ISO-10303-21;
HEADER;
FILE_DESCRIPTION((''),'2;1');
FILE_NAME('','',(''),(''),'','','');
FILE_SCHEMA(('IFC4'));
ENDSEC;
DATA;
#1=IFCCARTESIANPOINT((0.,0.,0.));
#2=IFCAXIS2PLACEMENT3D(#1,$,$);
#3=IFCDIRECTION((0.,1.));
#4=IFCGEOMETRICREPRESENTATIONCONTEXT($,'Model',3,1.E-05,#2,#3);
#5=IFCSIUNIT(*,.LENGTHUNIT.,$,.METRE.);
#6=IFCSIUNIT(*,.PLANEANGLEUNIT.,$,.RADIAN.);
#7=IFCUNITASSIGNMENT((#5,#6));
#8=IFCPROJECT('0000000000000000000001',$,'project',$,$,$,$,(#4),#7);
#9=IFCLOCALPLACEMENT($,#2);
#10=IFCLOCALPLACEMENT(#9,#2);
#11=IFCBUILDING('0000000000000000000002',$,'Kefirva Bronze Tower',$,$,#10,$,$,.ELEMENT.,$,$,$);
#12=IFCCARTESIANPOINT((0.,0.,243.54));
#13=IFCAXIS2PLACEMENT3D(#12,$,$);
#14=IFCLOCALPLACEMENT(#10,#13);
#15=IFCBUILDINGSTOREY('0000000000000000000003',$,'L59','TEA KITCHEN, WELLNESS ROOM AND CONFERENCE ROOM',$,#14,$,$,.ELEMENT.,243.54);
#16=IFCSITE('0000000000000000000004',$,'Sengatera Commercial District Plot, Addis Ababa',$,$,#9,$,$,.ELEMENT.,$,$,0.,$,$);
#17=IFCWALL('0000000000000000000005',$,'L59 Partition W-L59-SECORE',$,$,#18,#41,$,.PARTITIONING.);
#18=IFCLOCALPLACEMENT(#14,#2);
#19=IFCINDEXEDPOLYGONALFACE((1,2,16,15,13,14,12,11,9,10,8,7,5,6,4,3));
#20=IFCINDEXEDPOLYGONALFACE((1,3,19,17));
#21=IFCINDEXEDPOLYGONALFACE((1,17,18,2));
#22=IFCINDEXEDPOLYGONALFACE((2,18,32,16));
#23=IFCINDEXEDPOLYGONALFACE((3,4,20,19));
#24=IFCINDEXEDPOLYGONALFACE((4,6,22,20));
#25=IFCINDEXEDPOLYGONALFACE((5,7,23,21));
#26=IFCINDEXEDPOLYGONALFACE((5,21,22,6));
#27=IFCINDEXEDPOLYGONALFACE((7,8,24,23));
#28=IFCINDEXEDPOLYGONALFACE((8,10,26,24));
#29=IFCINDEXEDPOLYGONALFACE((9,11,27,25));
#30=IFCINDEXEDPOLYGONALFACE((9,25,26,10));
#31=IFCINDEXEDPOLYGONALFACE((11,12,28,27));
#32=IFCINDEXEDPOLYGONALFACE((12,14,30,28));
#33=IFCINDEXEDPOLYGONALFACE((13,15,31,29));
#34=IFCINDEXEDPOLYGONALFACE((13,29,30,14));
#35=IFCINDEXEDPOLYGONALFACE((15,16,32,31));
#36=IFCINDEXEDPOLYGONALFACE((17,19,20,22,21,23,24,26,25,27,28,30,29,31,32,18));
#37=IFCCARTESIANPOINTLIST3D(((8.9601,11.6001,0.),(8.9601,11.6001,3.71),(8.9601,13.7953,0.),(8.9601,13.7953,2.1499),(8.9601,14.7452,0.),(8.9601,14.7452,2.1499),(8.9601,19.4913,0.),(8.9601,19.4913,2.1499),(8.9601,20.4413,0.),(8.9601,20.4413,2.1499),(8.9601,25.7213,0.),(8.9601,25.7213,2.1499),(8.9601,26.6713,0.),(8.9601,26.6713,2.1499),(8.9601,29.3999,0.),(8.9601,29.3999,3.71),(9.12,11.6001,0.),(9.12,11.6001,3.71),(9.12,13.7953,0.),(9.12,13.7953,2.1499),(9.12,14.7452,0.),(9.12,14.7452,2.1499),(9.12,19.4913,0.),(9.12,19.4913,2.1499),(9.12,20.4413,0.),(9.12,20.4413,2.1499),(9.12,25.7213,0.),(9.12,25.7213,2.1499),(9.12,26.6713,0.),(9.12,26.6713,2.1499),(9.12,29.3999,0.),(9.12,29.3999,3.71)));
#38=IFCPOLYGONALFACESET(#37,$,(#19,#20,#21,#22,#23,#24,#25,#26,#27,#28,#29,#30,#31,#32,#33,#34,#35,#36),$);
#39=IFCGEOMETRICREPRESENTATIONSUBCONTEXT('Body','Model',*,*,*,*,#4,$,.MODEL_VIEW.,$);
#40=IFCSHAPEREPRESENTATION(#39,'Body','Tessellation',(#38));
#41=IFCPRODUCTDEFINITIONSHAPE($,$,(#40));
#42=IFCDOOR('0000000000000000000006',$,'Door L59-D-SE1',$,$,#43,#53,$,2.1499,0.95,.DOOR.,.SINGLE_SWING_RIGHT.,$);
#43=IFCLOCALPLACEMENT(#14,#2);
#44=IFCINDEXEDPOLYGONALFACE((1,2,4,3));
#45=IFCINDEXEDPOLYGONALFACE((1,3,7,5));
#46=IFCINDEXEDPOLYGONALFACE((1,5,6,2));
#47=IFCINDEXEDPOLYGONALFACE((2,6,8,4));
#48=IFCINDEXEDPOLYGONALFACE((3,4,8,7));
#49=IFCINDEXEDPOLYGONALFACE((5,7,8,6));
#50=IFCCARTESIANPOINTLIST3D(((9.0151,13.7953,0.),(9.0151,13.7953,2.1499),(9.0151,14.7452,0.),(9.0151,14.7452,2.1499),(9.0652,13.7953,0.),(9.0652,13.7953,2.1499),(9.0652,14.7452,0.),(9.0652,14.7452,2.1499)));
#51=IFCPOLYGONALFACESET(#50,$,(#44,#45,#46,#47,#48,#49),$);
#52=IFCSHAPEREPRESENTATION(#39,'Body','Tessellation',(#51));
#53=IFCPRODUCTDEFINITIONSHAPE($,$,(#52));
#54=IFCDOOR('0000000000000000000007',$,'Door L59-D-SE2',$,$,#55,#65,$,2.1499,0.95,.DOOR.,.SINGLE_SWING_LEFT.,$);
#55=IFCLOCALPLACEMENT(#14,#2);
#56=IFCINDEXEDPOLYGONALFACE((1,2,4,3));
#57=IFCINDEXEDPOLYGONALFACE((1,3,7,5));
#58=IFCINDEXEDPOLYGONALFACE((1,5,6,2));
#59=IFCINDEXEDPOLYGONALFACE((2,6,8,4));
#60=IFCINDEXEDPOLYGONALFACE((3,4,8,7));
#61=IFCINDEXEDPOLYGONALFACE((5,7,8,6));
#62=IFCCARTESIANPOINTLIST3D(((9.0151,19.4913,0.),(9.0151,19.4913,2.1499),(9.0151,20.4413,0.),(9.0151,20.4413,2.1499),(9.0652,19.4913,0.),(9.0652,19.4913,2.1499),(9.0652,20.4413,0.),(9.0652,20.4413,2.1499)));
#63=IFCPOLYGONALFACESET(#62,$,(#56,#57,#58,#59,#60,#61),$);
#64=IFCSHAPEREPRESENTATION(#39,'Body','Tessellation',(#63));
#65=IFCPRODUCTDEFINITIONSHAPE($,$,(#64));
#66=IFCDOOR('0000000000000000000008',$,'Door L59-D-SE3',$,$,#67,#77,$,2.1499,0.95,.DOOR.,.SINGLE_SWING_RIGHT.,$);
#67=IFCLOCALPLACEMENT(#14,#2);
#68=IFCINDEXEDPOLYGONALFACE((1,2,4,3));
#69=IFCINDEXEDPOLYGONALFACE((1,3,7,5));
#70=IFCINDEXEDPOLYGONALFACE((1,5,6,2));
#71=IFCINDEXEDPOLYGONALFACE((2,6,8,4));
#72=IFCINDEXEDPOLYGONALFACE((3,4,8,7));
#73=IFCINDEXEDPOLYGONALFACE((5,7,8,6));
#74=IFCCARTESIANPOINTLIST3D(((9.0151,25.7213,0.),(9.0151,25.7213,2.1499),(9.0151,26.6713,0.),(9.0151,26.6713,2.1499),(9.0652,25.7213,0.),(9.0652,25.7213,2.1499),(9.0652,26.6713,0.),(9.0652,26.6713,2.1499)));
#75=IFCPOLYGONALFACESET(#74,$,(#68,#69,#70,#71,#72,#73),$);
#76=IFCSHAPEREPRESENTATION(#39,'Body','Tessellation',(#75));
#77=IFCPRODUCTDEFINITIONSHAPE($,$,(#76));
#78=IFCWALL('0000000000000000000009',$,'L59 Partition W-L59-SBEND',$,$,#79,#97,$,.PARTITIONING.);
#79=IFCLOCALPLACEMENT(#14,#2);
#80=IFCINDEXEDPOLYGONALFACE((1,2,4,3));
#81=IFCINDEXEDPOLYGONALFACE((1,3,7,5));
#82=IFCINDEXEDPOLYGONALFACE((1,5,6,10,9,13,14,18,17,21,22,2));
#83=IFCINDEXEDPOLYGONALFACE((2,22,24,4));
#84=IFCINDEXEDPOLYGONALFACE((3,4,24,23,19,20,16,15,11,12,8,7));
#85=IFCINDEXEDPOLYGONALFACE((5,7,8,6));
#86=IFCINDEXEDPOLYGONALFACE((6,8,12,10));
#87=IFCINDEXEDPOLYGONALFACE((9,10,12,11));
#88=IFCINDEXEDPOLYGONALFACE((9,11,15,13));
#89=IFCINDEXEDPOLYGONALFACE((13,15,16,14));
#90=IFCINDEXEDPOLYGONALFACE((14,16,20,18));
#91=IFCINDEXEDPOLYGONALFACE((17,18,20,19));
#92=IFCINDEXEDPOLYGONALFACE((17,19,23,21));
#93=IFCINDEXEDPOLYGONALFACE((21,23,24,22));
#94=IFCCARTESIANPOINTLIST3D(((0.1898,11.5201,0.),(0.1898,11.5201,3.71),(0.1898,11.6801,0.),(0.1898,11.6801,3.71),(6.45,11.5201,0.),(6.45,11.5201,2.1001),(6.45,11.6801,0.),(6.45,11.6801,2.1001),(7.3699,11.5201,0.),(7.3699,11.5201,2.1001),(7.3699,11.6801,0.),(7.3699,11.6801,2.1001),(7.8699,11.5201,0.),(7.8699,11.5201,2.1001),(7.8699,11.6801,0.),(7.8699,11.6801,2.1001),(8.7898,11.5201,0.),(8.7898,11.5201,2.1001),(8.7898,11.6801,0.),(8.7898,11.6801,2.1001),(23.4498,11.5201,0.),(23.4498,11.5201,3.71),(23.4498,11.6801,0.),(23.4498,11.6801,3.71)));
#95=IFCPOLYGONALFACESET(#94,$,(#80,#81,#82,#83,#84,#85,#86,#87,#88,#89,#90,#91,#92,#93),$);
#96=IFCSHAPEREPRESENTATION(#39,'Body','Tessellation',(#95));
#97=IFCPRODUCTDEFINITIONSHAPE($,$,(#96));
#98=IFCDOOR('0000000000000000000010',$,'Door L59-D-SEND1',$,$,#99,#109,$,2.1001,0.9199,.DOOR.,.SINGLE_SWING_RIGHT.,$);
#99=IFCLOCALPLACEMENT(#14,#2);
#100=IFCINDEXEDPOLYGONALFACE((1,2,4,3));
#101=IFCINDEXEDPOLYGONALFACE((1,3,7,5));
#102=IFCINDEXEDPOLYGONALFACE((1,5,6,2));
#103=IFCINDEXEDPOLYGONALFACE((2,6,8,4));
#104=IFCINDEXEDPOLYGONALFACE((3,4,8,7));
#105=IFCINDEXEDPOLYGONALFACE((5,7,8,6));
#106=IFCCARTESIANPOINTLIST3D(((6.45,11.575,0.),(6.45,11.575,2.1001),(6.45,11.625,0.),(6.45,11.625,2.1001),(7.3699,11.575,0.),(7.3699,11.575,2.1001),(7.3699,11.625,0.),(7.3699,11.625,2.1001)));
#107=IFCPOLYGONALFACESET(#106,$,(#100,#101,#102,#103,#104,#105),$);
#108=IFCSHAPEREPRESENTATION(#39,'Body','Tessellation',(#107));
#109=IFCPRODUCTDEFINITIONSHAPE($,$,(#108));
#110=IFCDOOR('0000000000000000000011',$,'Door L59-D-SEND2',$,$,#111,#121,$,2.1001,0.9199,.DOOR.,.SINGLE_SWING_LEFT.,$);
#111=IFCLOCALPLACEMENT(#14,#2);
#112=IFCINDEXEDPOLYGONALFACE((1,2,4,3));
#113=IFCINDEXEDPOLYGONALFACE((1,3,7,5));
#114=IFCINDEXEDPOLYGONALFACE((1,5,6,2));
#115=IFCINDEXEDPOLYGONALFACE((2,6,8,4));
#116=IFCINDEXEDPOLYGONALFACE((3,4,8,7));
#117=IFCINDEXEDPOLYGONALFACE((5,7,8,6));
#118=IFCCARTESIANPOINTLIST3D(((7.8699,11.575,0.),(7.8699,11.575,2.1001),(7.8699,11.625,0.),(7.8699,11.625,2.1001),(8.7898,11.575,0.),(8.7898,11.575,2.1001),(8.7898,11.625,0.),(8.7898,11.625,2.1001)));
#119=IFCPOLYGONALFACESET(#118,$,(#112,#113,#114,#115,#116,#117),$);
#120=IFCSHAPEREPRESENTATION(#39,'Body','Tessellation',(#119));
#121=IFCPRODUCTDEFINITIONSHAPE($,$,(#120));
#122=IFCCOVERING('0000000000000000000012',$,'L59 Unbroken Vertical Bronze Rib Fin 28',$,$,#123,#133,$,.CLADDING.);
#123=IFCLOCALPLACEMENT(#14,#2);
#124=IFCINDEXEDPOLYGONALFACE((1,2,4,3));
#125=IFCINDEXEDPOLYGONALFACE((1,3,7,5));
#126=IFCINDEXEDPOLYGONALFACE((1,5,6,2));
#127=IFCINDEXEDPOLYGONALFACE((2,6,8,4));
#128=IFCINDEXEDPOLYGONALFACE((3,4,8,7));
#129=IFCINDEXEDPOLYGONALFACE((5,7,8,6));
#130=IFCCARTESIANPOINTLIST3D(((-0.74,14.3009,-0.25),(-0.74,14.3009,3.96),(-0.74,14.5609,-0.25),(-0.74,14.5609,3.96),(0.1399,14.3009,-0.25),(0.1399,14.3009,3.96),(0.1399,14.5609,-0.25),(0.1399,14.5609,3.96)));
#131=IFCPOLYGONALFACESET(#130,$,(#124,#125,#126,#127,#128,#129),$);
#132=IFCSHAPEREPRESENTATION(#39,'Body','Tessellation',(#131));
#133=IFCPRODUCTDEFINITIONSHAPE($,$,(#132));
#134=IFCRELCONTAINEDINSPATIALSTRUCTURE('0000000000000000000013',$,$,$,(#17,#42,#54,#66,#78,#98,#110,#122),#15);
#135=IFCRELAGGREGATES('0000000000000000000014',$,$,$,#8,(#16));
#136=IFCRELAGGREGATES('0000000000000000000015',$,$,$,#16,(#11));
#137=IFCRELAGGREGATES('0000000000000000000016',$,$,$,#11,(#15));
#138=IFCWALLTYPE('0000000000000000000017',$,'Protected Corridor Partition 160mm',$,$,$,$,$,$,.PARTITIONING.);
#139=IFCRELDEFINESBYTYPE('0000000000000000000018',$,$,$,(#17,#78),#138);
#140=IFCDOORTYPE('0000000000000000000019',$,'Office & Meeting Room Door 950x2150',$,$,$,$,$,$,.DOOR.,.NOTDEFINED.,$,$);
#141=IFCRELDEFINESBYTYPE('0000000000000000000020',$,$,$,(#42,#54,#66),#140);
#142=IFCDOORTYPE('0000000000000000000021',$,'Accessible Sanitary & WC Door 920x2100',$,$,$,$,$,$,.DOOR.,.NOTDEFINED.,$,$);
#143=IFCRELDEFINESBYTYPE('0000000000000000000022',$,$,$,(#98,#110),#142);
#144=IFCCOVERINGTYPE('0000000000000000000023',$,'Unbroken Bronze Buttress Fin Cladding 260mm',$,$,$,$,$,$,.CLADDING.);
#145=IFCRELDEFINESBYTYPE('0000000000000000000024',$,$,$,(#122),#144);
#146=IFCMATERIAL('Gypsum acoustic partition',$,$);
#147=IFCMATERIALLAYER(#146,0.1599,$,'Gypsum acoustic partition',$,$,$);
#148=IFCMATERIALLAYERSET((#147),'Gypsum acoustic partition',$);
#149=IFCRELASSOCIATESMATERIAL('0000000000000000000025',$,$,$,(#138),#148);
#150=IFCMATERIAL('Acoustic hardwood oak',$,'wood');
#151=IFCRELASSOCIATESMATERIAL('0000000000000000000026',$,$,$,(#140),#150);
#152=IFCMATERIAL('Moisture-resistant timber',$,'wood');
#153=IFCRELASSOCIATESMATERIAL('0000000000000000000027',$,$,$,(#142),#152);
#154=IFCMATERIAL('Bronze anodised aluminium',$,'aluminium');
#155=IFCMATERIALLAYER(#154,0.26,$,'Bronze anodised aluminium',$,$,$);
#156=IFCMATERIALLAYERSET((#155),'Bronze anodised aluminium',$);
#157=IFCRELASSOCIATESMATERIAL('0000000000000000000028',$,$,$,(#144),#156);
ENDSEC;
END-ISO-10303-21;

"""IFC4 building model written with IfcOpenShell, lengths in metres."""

from ifc_helpers import new_model, si_unit, direction, frame, frame_2d, origin, origin_2d, place, context, subcontext, project, spatial, rectangle, extrude, material, layer, layer_set, type_object, element, fill, save


model = new_model("IFC4")

# Units and contexts
model_context = context("Model", 3, precision=1e-05, world=origin(), true_north=direction((0.0, 1.0)))
body_context = subcontext(model_context, "Body", "Model", "MODEL_VIEW")
ifc_project = project(units=[si_unit("LENGTHUNIT", "METRE"), si_unit("PLANEANGLEUNIT", "RADIAN")], contexts=[model_context])

# Site, building, storey
site_placement = place(None, origin())
site = spatial("IfcSite", under=ifc_project, at=site_placement, Name="Sengatera Commercial District Plot, Addis Ababa", CompositionType="ELEMENT", RefElevation=0.0)
building_placement = place(site_placement, origin())
building = spatial("IfcBuilding", under=site, at=building_placement, Name="Kefirva Bronze Tower", CompositionType="ELEMENT")
storey_placement = place(building_placement, frame((0.0, 0.0, 243.54)))
storey = spatial("IfcBuildingStorey", under=building, at=storey_placement, Name="L59", Description="TEA KITCHEN, WELLNESS ROOM AND CONFERENCE ROOM", CompositionType="ELEMENT", Elevation=243.54)

# Shared definitions
ifc_material_1 = material(Name="Gypsum acoustic partition")

# Walls, openings, doors
ifc_layer_1 = layer(ifc_material_1, 0.1599, Name="Gypsum acoustic partition")
ifc_layer_set_1 = layer_set([ifc_layer_1], Name="Gypsum acoustic partition")
wall_type_1 = type_object("IfcWallType", Name="Protected Corridor Partition 160mm", PredefinedType="PARTITIONING", material=ifc_layer_set_1)
ifc_material_2 = material(Name="Acoustic hardwood oak", Category="wood")
door_type_1 = type_object("IfcDoorType", Name="Office & Meeting Room Door 950x2150", OperationType="NOTDEFINED", PredefinedType="DOOR", material=ifc_material_2)
wall_1_placement = place(storey_placement, frame((9.04, 11.6001, 0.0), z_axis=(0.0, 0.0, 1.0), x_axis=(0.0, 1.0, 0.0)))
wall_1 = element("IfcWall", 1, at=wall_1_placement, inside=storey, type_object=wall_type_1, Name="L59 Partition W-L59-SECORE", PredefinedType="PARTITIONING", context=body_context, shape_type="SweptSolid", body=[
    extrude(rectangle(XDim=17.7998, YDim=0.1599, at=frame_2d((8.8999, 0.0))), origin(), (0.0, 0.0, 1.0), 3.71),
])
opening_1_placement = place(wall_1_placement, frame((2.1951, 0.0, 0.0)))
opening_1 = element("IfcOpeningElement", 2, at=opening_1_placement, cuts=wall_1, PredefinedType="OPENING", context=body_context, shape_type="SweptSolid", body=[
    extrude(rectangle(XDim=0.95, YDim=2.1499, at=frame_2d((0.4751, 1.075))), frame((0.0, 0.0898, 0.0), z_axis=(0.0, -1.0, 0.0), x_axis=(1.0, 0.0, 0.0)), (0.0, 0.0, 1.0), 0.1799),
])
opening_2_placement = place(wall_1_placement, frame((7.8911, 0.0, 0.0)))
opening_2 = element("IfcOpeningElement", 3, at=opening_2_placement, cuts=wall_1, PredefinedType="OPENING", context=body_context, shape_type="SweptSolid", body=[
    extrude(rectangle(XDim=0.95, YDim=2.1499, at=frame_2d((0.4751, 1.075))), frame((0.0, 0.0898, 0.0), z_axis=(0.0, -1.0, 0.0), x_axis=(1.0, 0.0, 0.0)), (0.0, 0.0, 1.0), 0.1799),
])
opening_3_placement = place(wall_1_placement, frame((14.1211, 0.0, 0.0)))
opening_3 = element("IfcOpeningElement", 4, at=opening_3_placement, cuts=wall_1, PredefinedType="OPENING", context=body_context, shape_type="SweptSolid", body=[
    extrude(rectangle(XDim=0.95, YDim=2.1499, at=frame_2d((0.4751, 1.075))), frame((0.0, 0.0898, 0.0), z_axis=(0.0, -1.0, 0.0), x_axis=(1.0, 0.0, 0.0)), (0.0, 0.0, 1.0), 0.1799),
])
door_1_placement = place(opening_1_placement, origin())
door_1 = element("IfcDoor", 5, at=door_1_placement, inside=storey, type_object=door_type_1, Name="Door L59-D-SE1", OperationType="SINGLE_SWING_RIGHT", OverallHeight=2.1499, OverallWidth=0.95, PredefinedType="DOOR", context=body_context, shape_type="SweptSolid", body=[
    extrude(rectangle(XDim=0.95, YDim=2.1499, at=frame_2d((0.4751, 1.075))), frame((0.0, 0.0249, 0.0), z_axis=(0.0, -1.0, 0.0), x_axis=(1.0, 0.0, 0.0)), (0.0, 0.0, 1.0), 0.05),
])
fill(opening_1, door_1)
door_2_placement = place(opening_2_placement, origin())
door_2 = element("IfcDoor", 6, at=door_2_placement, inside=storey, type_object=door_type_1, Name="Door L59-D-SE2", OperationType="SINGLE_SWING_LEFT", OverallHeight=2.1499, OverallWidth=0.95, PredefinedType="DOOR", context=body_context, shape_type="SweptSolid", body=[
    extrude(rectangle(XDim=0.95, YDim=2.1499, at=frame_2d((0.4751, 1.075))), frame((0.0, 0.0249, 0.0), z_axis=(0.0, -1.0, 0.0), x_axis=(1.0, 0.0, 0.0)), (0.0, 0.0, 1.0), 0.05),
])
fill(opening_2, door_2)
door_3_placement = place(opening_3_placement, origin())
door_3 = element("IfcDoor", 7, at=door_3_placement, inside=storey, type_object=door_type_1, Name="Door L59-D-SE3", OperationType="SINGLE_SWING_RIGHT", OverallHeight=2.1499, OverallWidth=0.95, PredefinedType="DOOR", context=body_context, shape_type="SweptSolid", body=[
    extrude(rectangle(XDim=0.95, YDim=2.1499, at=frame_2d((0.4751, 1.075))), frame((0.0, 0.0249, 0.0), z_axis=(0.0, -1.0, 0.0), x_axis=(1.0, 0.0, 0.0)), (0.0, 0.0, 1.0), 0.05),
])
fill(opening_3, door_3)
wall_2_placement = place(storey_placement, frame((0.1899, 11.6001, 0.0), z_axis=(0.0, 0.0, 1.0), x_axis=(1.0, 0.0, 0.0)))
wall_2 = element("IfcWall", 8, at=wall_2_placement, inside=storey, type_object=wall_type_1, Name="L59 Partition W-L59-SBEND", PredefinedType="PARTITIONING", context=body_context, shape_type="SweptSolid", body=[
    extrude(rectangle(XDim=23.26, YDim=0.1599, at=frame_2d((11.6299, 0.0))), origin(), (0.0, 0.0, 1.0), 3.71),
])
opening_4_placement = place(wall_2_placement, frame((6.26, 0.0, 0.0)))
opening_4 = element("IfcOpeningElement", 9, at=opening_4_placement, cuts=wall_2, PredefinedType="OPENING", context=body_context, shape_type="SweptSolid", body=[
    extrude(rectangle(XDim=0.9199, YDim=2.1001, at=frame_2d((0.46, 1.05))), frame((0.0, 0.0898, 0.0), z_axis=(0.0, -1.0, 0.0), x_axis=(1.0, 0.0, 0.0)), (0.0, 0.0, 1.0), 0.1799),
])
opening_5_placement = place(wall_2_placement, frame((7.6799, 0.0, 0.0)))
opening_5 = element("IfcOpeningElement", 10, at=opening_5_placement, cuts=wall_2, PredefinedType="OPENING", context=body_context, shape_type="SweptSolid", body=[
    extrude(rectangle(XDim=0.9199, YDim=2.1001, at=frame_2d((0.46, 1.05))), frame((0.0, 0.0898, 0.0), z_axis=(0.0, -1.0, 0.0), x_axis=(1.0, 0.0, 0.0)), (0.0, 0.0, 1.0), 0.1799),
])
ifc_material_3 = material(Name="Moisture-resistant timber", Category="wood")
door_type_2 = type_object("IfcDoorType", Name="Accessible Sanitary & WC Door 920x2100", OperationType="NOTDEFINED", PredefinedType="DOOR", material=ifc_material_3)
door_4_placement = place(opening_4_placement, origin())
door_4 = element("IfcDoor", 11, at=door_4_placement, inside=storey, type_object=door_type_2, Name="Door L59-D-SEND1", OperationType="SINGLE_SWING_RIGHT", OverallHeight=2.1001, OverallWidth=0.9199, PredefinedType="DOOR", context=body_context, shape_type="SweptSolid", body=[
    extrude(rectangle(XDim=0.9199, YDim=2.1001, at=frame_2d((0.46, 1.05))), frame((0.0, 0.0249, 0.0), z_axis=(0.0, -1.0, 0.0), x_axis=(1.0, 0.0, 0.0)), (0.0, 0.0, 1.0), 0.05),
])
fill(opening_4, door_4)
door_5_placement = place(opening_5_placement, origin())
door_5 = element("IfcDoor", 12, at=door_5_placement, inside=storey, type_object=door_type_2, Name="Door L59-D-SEND2", OperationType="SINGLE_SWING_LEFT", OverallHeight=2.1001, OverallWidth=0.9199, PredefinedType="DOOR", context=body_context, shape_type="SweptSolid", body=[
    extrude(rectangle(XDim=0.9199, YDim=2.1001, at=frame_2d((0.46, 1.05))), frame((0.0, 0.0249, 0.0), z_axis=(0.0, -1.0, 0.0), x_axis=(1.0, 0.0, 0.0)), (0.0, 0.0, 1.0), 0.05),
])
fill(opening_5, door_5)

# Covering
ifc_material_4 = material(Name="Bronze anodised aluminium", Category="aluminium")
ifc_layer_2 = layer(ifc_material_4, 0.26, Name="Bronze anodised aluminium")
ifc_layer_set_2 = layer_set([ifc_layer_2], Name="Bronze anodised aluminium")
covering_type = type_object("IfcCoveringType", Name="Unbroken Bronze Buttress Fin Cladding 260mm", PredefinedType="CLADDING", material=ifc_layer_set_2)
covering_placement = place(storey_placement, frame((-0.3, 14.4309, -0.25), z_axis=(0.0, 0.0, 1.0), x_axis=(0.0, -1.0, 0.0)))
element("IfcCovering", 13, at=covering_placement, inside=storey, type_object=covering_type, Name="L59 Unbroken Vertical Bronze Rib Fin 28", PredefinedType="CLADDING", context=body_context, shape_type="SweptSolid", body=[
    extrude(rectangle(XDim=0.26, YDim=0.8799, at=origin_2d()), origin(), (0.0, 0.0, 1.0), 4.21),
])

save(model, "model.ifc")
